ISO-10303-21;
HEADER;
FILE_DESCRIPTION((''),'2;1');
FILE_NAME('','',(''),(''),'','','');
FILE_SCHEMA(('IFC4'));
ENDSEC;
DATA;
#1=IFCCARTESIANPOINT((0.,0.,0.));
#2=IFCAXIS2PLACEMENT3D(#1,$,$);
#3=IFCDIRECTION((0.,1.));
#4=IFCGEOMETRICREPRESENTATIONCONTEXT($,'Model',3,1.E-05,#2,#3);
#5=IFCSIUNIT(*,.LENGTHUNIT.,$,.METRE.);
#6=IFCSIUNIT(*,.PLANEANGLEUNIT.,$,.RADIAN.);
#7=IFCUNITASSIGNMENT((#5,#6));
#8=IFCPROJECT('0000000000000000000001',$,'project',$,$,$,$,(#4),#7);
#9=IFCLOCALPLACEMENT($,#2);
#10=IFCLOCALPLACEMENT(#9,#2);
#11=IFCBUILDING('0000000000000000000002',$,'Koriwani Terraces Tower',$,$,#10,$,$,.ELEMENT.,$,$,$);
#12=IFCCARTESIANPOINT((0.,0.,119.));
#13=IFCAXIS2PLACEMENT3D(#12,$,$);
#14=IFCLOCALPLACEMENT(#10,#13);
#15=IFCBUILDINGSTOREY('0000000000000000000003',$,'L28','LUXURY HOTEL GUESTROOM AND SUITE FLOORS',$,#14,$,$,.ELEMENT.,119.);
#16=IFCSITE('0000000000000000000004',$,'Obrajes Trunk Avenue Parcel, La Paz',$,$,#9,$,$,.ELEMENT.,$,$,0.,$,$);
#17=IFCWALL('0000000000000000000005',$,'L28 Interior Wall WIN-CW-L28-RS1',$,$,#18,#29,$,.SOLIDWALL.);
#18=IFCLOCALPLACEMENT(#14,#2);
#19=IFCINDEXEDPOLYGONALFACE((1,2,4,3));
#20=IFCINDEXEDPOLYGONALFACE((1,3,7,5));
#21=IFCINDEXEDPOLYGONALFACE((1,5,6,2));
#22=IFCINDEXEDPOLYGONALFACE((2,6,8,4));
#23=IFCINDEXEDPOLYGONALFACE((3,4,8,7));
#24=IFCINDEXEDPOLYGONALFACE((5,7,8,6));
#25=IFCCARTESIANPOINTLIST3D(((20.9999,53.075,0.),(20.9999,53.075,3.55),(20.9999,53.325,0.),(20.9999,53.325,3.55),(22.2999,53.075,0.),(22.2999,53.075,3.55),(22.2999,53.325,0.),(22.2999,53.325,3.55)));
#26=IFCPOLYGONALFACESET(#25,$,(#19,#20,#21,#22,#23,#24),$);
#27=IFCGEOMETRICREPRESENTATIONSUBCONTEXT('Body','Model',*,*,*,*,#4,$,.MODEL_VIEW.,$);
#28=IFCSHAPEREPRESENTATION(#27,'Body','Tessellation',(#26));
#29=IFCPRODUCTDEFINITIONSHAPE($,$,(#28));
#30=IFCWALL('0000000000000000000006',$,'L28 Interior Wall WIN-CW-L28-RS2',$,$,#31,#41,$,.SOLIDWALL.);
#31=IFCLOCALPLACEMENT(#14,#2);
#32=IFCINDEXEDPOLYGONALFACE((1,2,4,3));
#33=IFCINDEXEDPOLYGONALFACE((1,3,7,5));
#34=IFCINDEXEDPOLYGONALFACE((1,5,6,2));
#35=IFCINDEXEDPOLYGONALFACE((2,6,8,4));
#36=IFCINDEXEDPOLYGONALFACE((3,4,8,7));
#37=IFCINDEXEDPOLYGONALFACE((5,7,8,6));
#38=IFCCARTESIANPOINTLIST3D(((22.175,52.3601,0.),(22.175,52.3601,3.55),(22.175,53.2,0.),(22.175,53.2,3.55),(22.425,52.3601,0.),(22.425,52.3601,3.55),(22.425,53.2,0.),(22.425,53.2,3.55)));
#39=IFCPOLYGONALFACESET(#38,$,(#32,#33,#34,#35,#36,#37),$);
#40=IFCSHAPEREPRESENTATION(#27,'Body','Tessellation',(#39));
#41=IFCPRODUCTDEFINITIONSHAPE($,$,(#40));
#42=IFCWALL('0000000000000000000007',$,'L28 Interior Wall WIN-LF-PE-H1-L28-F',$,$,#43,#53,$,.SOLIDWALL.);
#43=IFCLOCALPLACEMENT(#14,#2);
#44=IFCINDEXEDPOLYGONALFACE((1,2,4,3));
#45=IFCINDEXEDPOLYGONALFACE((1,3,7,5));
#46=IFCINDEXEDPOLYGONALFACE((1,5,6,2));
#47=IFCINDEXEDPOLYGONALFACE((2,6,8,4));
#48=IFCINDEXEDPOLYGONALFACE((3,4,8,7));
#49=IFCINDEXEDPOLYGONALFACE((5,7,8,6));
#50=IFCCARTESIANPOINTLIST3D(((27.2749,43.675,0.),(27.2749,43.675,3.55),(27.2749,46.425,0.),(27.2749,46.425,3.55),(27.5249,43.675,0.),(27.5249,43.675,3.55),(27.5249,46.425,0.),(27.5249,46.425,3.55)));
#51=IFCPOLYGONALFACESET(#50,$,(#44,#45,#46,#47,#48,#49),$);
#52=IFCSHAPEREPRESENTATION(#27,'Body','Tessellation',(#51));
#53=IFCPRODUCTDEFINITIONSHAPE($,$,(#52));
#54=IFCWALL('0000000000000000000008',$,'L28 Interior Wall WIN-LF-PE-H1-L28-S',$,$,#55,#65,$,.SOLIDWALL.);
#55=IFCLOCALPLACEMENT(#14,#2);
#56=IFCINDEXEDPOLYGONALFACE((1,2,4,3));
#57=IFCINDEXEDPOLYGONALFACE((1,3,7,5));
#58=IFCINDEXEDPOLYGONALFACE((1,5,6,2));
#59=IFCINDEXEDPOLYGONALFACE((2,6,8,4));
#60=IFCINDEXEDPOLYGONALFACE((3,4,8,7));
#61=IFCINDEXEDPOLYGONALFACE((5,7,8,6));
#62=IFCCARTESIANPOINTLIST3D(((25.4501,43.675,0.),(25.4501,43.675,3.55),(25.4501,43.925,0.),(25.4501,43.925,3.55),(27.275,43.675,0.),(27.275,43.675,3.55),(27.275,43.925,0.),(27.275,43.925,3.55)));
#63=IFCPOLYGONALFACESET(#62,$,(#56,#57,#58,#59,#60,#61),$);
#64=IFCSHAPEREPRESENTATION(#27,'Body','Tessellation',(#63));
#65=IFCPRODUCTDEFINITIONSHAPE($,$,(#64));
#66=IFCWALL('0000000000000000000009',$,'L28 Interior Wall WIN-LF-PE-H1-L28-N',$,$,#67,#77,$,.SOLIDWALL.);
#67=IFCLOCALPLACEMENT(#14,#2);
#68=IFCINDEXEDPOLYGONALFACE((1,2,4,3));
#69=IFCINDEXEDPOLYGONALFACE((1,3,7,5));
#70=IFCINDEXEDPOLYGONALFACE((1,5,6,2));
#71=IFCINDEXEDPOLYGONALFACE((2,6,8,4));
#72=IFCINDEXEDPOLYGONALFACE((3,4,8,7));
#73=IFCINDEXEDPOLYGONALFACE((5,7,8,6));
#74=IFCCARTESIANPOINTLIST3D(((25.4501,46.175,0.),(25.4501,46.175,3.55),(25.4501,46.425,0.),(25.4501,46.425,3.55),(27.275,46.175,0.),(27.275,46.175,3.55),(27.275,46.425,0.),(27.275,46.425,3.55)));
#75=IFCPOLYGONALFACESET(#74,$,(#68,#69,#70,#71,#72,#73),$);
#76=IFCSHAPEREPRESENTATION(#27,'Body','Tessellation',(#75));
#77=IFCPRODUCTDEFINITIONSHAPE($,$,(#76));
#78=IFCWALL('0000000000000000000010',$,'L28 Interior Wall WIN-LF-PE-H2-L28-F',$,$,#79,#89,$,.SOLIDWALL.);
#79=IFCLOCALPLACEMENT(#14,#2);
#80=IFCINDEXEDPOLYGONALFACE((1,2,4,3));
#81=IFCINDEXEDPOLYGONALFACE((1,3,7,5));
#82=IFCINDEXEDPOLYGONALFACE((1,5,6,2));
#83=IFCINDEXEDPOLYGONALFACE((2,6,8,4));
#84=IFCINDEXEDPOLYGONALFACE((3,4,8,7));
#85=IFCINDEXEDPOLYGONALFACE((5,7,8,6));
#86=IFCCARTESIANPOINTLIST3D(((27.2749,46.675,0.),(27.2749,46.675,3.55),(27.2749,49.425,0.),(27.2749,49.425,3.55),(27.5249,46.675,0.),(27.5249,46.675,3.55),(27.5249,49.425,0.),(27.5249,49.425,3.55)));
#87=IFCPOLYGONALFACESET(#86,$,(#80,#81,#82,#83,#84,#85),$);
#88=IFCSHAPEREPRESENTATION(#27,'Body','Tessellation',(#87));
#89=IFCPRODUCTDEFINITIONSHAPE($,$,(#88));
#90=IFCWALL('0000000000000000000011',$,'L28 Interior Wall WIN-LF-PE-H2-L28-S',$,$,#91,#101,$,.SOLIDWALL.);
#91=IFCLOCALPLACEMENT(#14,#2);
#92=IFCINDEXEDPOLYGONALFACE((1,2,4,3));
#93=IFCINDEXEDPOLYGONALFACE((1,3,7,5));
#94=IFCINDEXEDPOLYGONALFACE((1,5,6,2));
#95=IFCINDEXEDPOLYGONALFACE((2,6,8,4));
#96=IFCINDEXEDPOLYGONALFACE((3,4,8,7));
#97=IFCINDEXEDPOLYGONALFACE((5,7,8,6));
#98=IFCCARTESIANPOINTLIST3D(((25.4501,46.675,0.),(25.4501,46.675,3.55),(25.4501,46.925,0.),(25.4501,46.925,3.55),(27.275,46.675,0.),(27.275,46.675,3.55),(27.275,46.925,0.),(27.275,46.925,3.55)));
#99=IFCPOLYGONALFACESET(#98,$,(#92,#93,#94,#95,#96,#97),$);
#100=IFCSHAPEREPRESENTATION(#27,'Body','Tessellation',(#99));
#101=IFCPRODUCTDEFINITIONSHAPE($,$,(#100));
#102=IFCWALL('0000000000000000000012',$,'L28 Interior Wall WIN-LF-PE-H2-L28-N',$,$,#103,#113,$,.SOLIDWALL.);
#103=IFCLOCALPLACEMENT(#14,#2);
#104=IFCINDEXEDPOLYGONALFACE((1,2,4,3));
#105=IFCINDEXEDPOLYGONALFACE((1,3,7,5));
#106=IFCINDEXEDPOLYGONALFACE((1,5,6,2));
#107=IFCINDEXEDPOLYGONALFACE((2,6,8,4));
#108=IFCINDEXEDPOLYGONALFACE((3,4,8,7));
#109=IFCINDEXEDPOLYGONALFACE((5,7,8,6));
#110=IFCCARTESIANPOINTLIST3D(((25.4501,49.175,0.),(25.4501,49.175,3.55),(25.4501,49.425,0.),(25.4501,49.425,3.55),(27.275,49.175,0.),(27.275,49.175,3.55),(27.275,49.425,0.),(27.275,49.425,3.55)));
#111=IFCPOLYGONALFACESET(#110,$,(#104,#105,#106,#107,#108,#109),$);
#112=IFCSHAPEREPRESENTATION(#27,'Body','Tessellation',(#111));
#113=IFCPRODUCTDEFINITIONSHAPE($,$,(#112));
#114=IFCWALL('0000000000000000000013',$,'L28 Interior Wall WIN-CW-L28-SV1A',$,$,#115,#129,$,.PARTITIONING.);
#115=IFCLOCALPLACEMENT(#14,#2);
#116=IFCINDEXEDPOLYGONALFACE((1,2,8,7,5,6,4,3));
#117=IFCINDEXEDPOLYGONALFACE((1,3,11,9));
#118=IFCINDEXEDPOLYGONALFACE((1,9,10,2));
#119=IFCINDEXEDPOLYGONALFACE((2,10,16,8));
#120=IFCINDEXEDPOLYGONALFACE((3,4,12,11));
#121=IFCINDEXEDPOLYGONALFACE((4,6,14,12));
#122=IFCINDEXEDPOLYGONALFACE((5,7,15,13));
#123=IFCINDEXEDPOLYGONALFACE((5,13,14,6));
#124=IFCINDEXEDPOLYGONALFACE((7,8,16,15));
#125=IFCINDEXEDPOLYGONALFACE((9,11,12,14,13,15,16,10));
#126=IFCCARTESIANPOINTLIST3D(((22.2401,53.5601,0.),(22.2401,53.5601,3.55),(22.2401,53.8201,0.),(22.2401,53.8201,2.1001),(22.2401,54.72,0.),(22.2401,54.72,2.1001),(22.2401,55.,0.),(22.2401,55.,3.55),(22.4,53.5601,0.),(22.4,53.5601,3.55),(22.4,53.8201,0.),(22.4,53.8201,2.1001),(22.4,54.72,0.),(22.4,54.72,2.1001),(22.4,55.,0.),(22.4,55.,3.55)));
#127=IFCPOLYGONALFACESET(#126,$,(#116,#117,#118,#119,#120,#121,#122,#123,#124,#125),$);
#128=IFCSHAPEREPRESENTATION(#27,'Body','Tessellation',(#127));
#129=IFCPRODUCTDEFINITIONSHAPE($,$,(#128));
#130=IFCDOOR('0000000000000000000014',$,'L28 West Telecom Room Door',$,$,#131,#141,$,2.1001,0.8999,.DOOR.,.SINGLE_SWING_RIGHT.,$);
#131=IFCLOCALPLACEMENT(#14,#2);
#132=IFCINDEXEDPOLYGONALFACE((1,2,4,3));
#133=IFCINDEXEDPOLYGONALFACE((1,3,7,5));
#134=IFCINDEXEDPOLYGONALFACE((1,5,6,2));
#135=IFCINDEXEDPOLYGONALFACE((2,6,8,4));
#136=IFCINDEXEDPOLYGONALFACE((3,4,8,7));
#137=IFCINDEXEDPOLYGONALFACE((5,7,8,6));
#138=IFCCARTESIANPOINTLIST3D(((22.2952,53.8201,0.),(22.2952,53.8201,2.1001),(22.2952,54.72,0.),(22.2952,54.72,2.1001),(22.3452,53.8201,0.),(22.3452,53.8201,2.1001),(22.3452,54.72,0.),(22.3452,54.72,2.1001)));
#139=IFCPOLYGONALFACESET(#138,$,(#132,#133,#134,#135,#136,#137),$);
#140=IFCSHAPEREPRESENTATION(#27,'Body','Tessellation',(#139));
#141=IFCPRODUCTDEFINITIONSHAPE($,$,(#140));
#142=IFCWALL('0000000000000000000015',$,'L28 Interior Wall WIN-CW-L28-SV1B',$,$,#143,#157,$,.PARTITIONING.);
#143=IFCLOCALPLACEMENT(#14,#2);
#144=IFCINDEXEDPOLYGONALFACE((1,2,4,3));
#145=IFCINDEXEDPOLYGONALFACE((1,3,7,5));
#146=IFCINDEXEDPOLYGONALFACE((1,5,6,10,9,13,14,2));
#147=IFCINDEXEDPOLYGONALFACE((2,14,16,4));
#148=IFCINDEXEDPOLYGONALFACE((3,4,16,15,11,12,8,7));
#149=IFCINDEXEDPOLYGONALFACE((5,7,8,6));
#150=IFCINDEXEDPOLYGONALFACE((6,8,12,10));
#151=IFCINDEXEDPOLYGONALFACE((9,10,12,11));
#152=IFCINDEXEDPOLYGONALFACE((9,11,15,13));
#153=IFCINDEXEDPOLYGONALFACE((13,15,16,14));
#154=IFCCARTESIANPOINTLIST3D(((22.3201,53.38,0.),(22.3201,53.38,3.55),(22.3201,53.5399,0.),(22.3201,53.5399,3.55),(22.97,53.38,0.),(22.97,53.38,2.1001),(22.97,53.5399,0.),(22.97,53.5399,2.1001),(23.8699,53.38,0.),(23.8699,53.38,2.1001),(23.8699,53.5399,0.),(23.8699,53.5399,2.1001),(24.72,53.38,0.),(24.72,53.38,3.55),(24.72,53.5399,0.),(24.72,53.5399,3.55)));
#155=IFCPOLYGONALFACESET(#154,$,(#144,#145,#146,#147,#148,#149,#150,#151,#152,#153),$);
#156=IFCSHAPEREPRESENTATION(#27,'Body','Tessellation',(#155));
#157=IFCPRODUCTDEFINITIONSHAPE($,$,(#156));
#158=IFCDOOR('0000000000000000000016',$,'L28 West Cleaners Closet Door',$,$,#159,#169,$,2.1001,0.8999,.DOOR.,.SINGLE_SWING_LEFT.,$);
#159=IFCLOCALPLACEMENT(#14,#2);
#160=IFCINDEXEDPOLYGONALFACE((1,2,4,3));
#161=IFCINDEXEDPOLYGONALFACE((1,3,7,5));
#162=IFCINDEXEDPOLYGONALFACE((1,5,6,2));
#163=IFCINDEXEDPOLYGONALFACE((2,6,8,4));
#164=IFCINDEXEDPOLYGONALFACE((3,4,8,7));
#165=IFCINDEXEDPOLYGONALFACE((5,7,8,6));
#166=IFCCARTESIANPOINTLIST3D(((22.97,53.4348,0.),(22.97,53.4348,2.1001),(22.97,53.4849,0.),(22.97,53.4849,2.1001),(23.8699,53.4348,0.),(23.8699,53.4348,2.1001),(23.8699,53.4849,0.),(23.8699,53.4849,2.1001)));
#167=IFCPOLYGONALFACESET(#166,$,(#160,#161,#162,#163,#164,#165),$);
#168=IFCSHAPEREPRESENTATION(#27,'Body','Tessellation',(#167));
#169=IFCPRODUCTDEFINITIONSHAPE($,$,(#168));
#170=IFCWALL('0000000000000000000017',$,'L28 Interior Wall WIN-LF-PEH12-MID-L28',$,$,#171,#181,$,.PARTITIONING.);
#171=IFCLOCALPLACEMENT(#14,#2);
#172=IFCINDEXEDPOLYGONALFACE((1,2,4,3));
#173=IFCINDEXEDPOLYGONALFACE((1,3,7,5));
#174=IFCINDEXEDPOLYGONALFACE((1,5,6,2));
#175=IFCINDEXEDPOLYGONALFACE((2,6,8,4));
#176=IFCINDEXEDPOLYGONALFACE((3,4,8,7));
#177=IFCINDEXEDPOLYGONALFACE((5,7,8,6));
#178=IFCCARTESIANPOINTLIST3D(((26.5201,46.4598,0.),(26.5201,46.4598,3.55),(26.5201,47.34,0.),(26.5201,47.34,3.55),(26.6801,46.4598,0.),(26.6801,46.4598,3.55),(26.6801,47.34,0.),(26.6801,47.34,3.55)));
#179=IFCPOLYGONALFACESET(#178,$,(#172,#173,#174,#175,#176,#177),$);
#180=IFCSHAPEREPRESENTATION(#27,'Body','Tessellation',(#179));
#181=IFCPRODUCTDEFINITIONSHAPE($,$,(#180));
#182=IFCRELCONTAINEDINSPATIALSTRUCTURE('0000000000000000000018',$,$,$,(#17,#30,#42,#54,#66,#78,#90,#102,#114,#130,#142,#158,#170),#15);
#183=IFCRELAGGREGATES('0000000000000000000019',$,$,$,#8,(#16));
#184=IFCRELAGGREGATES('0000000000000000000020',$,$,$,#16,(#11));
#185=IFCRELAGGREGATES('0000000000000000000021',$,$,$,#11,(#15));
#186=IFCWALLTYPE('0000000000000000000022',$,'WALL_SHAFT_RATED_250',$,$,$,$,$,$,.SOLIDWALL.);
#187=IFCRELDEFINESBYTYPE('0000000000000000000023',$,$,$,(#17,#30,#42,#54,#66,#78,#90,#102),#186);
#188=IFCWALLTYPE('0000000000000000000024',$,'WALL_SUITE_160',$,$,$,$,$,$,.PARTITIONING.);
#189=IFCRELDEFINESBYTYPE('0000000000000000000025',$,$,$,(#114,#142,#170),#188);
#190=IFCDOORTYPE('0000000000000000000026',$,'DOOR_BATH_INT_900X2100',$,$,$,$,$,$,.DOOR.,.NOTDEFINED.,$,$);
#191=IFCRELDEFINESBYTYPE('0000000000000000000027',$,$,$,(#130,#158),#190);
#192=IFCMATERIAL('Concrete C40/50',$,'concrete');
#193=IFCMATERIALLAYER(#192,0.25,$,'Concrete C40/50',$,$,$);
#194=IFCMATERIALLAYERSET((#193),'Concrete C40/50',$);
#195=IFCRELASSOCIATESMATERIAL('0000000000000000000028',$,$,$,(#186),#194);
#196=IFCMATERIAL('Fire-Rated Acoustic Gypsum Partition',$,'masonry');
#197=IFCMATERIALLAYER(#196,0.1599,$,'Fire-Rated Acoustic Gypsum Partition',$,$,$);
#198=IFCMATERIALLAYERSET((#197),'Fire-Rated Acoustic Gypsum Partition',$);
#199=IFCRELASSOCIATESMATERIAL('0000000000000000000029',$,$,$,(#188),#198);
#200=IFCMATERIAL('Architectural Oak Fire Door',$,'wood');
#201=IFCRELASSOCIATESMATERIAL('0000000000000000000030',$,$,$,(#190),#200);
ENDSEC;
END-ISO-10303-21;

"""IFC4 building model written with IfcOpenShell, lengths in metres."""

from ifc_helpers import new_model, si_unit, direction, frame, frame_2d, origin, place, context, subcontext, project, spatial, rectangle, extrude, material, layer, layer_set, type_object, element, fill, save


model = new_model("IFC4")

# Units and contexts
model_context = context("Model", 3, precision=1e-05, world=origin(), true_north=direction((0.0, 1.0)))
body_context = subcontext(model_context, "Body", "Model", "MODEL_VIEW")
ifc_project = project(units=[si_unit("LENGTHUNIT", "METRE"), si_unit("PLANEANGLEUNIT", "RADIAN")], contexts=[model_context])

# Site, building, storey
site_placement = place(None, origin())
site = spatial("IfcSite", under=ifc_project, at=site_placement, Name="Obrajes Trunk Avenue Parcel, La Paz", CompositionType="ELEMENT", RefElevation=0.0)
building_placement = place(site_placement, origin())
building = spatial("IfcBuilding", under=site, at=building_placement, Name="Koriwani Terraces Tower", CompositionType="ELEMENT")
storey_placement = place(building_placement, frame((0.0, 0.0, 119.0)))
storey = spatial("IfcBuildingStorey", under=building, at=storey_placement, Name="L28", Description="LUXURY HOTEL GUESTROOM AND SUITE FLOORS", CompositionType="ELEMENT", Elevation=119.0)

# Shared definitions
ifc_material_1 = material(Name="Architectural Oak Fire Door", Category="wood")

# Shared definitions
ifc_material_2 = material(Name="Concrete C40/50", Category="concrete")
ifc_layer_1 = layer(ifc_material_2, 0.25, Name="Concrete C40/50")
ifc_layer_set_1 = layer_set([ifc_layer_1], Name="Concrete C40/50")
wall_type_1 = type_object("IfcWallType", Name="WALL_SHAFT_RATED_250", PredefinedType="SOLIDWALL", material=ifc_layer_set_1)

# Walls
wall_1_placement = place(storey_placement, frame((21.0, 53.2, 0.0), z_axis=(0.0, 0.0, 1.0), x_axis=(1.0, 0.0, 0.0)))
element("IfcWall", 1, at=wall_1_placement, inside=storey, type_object=wall_type_1, Name="L28 Interior Wall WIN-CW-L28-RS1", PredefinedType="SOLIDWALL", context=body_context, shape_type="SweptSolid", body=[
    extrude(rectangle(XDim=1.3, YDim=0.25, at=frame_2d((0.6499, 0.0))), origin(), (0.0, 0.0, 1.0), 3.55),
])
wall_2_placement = place(storey_placement, frame((22.3, 52.3601, 0.0), z_axis=(0.0, 0.0, 1.0), x_axis=(0.0, 1.0, 0.0)))
element("IfcWall", 2, at=wall_2_placement, inside=storey, type_object=wall_type_1, Name="L28 Interior Wall WIN-CW-L28-RS2", PredefinedType="SOLIDWALL", context=body_context, shape_type="SweptSolid", body=[
    extrude(rectangle(XDim=0.8398, YDim=0.25, at=frame_2d((0.4199, 0.0))), origin(), (0.0, 0.0, 1.0), 3.55),
])
wall_3_placement = place(storey_placement, frame((27.3999, 43.675, 0.0), z_axis=(0.0, 0.0, 1.0), x_axis=(0.0, 1.0, 0.0)))
element("IfcWall", 3, at=wall_3_placement, inside=storey, type_object=wall_type_1, Name="L28 Interior Wall WIN-LF-PE-H1-L28-F", PredefinedType="SOLIDWALL", context=body_context, shape_type="SweptSolid", body=[
    extrude(rectangle(XDim=2.75, YDim=0.25, at=frame_2d((1.375, 0.0))), origin(), (0.0, 0.0, 1.0), 3.55),
])
for number, where, z_axis, x_axis, name in (
    (4, (25.45, 43.8, 0.0), (0.0, 0.0, 1.0), (1.0, 0.0, 0.0), "L28 Interior Wall WIN-LF-PE-H1-L28-S"),
    (5, (25.45, 46.3, 0.0), (0.0, 0.0, 1.0), (1.0, 0.0, 0.0), "L28 Interior Wall WIN-LF-PE-H1-L28-N"),
):
    element("IfcWall", number, at=place(storey_placement, frame(where, z_axis=z_axis, x_axis=x_axis)), inside=storey, type_object=wall_type_1, Name=name, PredefinedType="SOLIDWALL", context=body_context, shape_type="SweptSolid", body=[
        extrude(rectangle(XDim=1.825, YDim=0.25, at=frame_2d((0.9126, 0.0))), origin(), (0.0, 0.0, 1.0), 3.55),
    ])
wall_4_placement = place(storey_placement, frame((27.3999, 46.675, 0.0), z_axis=(0.0, 0.0, 1.0), x_axis=(0.0, 1.0, 0.0)))
element("IfcWall", 6, at=wall_4_placement, inside=storey, type_object=wall_type_1, Name="L28 Interior Wall WIN-LF-PE-H2-L28-F", PredefinedType="SOLIDWALL", context=body_context, shape_type="SweptSolid", body=[
    extrude(rectangle(XDim=2.75, YDim=0.25, at=frame_2d((1.375, 0.0))), origin(), (0.0, 0.0, 1.0), 3.55),
])
for number, where, z_axis, x_axis, name in (
    (7, (25.45, 46.8, 0.0), (0.0, 0.0, 1.0), (1.0, 0.0, 0.0), "L28 Interior Wall WIN-LF-PE-H2-L28-S"),
    (8, (25.45, 49.3, 0.0), (0.0, 0.0, 1.0), (1.0, 0.0, 0.0), "L28 Interior Wall WIN-LF-PE-H2-L28-N"),
):
    element("IfcWall", number, at=place(storey_placement, frame(where, z_axis=z_axis, x_axis=x_axis)), inside=storey, type_object=wall_type_1, Name=name, PredefinedType="SOLIDWALL", context=body_context, shape_type="SweptSolid", body=[
        extrude(rectangle(XDim=1.825, YDim=0.25, at=frame_2d((0.9126, 0.0))), origin(), (0.0, 0.0, 1.0), 3.55),
    ])

# Walls, openings, doors
ifc_material_3 = material(Name="Fire-Rated Acoustic Gypsum Partition", Category="masonry")
ifc_layer_2 = layer(ifc_material_3, 0.1599, Name="Fire-Rated Acoustic Gypsum Partition")
ifc_layer_set_2 = layer_set([ifc_layer_2], Name="Fire-Rated Acoustic Gypsum Partition")
wall_type_2 = type_object("IfcWallType", Name="WALL_SUITE_160", PredefinedType="PARTITIONING", material=ifc_layer_set_2)
wall_5_placement = place(storey_placement, frame((22.3201, 53.5601, 0.0), z_axis=(0.0, 0.0, 1.0), x_axis=(0.0, 1.0, 0.0)))
wall_5 = element("IfcWall", 9, at=wall_5_placement, inside=storey, type_object=wall_type_2, Name="L28 Interior Wall WIN-CW-L28-SV1A", PredefinedType="PARTITIONING", context=body_context, shape_type="SweptSolid", body=[
    extrude(rectangle(XDim=1.4399, YDim=0.1599, at=frame_2d((0.72, 0.0))), origin(), (0.0, 0.0, 1.0), 3.55),
])
opening_1_placement = place(wall_5_placement, frame((0.26, 0.0, 0.0)))
opening_1 = element("IfcOpeningElement", 10, at=opening_1_placement, cuts=wall_5, PredefinedType="OPENING", context=body_context, shape_type="SweptSolid", body=[
    extrude(rectangle(XDim=0.8999, YDim=2.1001, at=frame_2d((0.45, 1.05))), frame((0.0, 0.0898, 0.0), z_axis=(0.0, -1.0, 0.0), x_axis=(1.0, 0.0, 0.0)), (0.0, 0.0, 1.0), 0.1799),
])
door_type_1 = type_object("IfcDoorType", Name="DOOR_BATH_INT_900X2100", OperationType="NOTDEFINED", PredefinedType="DOOR", material=ifc_material_1)
door_1_placement = place(opening_1_placement, origin())
door_1 = element("IfcDoor", 11, at=door_1_placement, inside=storey, type_object=door_type_1, Name="L28 West Telecom Room Door", OperationType="SINGLE_SWING_RIGHT", OverallHeight=2.1001, OverallWidth=0.8999, PredefinedType="DOOR", context=body_context, shape_type="SweptSolid", body=[
    extrude(rectangle(XDim=0.8999, YDim=2.1001, at=frame_2d((0.45, 1.05))), frame((0.0, 0.0249, 0.0), z_axis=(0.0, -1.0, 0.0), x_axis=(1.0, 0.0, 0.0)), (0.0, 0.0, 1.0), 0.05),
])
fill(opening_1, door_1)
wall_6_placement = place(storey_placement, frame((22.3201, 53.46, 0.0), z_axis=(0.0, 0.0, 1.0), x_axis=(1.0, 0.0, 0.0)))
wall_6 = element("IfcWall", 12, at=wall_6_placement, inside=storey, type_object=wall_type_2, Name="L28 Interior Wall WIN-CW-L28-SV1B", PredefinedType="PARTITIONING", context=body_context, shape_type="SweptSolid", body=[
    extrude(rectangle(XDim=2.3999, YDim=0.1599, at=frame_2d((1.2, 0.0))), origin(), (0.0, 0.0, 1.0), 3.55),
])
opening_2_placement = place(wall_6_placement, frame((0.6499, 0.0, 0.0)))
opening_2 = element("IfcOpeningElement", 13, at=opening_2_placement, cuts=wall_6, PredefinedType="OPENING", context=body_context, shape_type="SweptSolid", body=[
    extrude(rectangle(XDim=0.8999, YDim=2.1001, at=frame_2d((0.45, 1.05))), frame((0.0, 0.0898, 0.0), z_axis=(0.0, -1.0, 0.0), x_axis=(1.0, 0.0, 0.0)), (0.0, 0.0, 1.0), 0.1799),
])
door_2_placement = place(opening_2_placement, origin())
door_2 = element("IfcDoor", 14, at=door_2_placement, inside=storey, type_object=door_type_1, Name="L28 West Cleaners Closet Door", OperationType="SINGLE_SWING_LEFT", OverallHeight=2.1001, OverallWidth=0.8999, PredefinedType="DOOR", context=body_context, shape_type="SweptSolid", body=[
    extrude(rectangle(XDim=0.8999, YDim=2.1001, at=frame_2d((0.45, 1.05))), frame((0.0, 0.0249, 0.0), z_axis=(0.0, -1.0, 0.0), x_axis=(1.0, 0.0, 0.0)), (0.0, 0.0, 1.0), 0.05),
])
fill(opening_2, door_2)

# Wall
wall_7_placement = place(storey_placement, frame((26.6001, 46.46, 0.0), z_axis=(0.0, 0.0, 1.0), x_axis=(0.0, 1.0, 0.0)))
element("IfcWall", 15, at=wall_7_placement, inside=storey, type_object=wall_type_2, Name="L28 Interior Wall WIN-LF-PEH12-MID-L28", PredefinedType="PARTITIONING", context=body_context, shape_type="SweptSolid", body=[
    extrude(rectangle(XDim=0.8801, YDim=0.1599, at=frame_2d((0.4399, 0.0))), origin(), (0.0, 0.0, 1.0), 3.55),
])

save(model, "model.ifc")
